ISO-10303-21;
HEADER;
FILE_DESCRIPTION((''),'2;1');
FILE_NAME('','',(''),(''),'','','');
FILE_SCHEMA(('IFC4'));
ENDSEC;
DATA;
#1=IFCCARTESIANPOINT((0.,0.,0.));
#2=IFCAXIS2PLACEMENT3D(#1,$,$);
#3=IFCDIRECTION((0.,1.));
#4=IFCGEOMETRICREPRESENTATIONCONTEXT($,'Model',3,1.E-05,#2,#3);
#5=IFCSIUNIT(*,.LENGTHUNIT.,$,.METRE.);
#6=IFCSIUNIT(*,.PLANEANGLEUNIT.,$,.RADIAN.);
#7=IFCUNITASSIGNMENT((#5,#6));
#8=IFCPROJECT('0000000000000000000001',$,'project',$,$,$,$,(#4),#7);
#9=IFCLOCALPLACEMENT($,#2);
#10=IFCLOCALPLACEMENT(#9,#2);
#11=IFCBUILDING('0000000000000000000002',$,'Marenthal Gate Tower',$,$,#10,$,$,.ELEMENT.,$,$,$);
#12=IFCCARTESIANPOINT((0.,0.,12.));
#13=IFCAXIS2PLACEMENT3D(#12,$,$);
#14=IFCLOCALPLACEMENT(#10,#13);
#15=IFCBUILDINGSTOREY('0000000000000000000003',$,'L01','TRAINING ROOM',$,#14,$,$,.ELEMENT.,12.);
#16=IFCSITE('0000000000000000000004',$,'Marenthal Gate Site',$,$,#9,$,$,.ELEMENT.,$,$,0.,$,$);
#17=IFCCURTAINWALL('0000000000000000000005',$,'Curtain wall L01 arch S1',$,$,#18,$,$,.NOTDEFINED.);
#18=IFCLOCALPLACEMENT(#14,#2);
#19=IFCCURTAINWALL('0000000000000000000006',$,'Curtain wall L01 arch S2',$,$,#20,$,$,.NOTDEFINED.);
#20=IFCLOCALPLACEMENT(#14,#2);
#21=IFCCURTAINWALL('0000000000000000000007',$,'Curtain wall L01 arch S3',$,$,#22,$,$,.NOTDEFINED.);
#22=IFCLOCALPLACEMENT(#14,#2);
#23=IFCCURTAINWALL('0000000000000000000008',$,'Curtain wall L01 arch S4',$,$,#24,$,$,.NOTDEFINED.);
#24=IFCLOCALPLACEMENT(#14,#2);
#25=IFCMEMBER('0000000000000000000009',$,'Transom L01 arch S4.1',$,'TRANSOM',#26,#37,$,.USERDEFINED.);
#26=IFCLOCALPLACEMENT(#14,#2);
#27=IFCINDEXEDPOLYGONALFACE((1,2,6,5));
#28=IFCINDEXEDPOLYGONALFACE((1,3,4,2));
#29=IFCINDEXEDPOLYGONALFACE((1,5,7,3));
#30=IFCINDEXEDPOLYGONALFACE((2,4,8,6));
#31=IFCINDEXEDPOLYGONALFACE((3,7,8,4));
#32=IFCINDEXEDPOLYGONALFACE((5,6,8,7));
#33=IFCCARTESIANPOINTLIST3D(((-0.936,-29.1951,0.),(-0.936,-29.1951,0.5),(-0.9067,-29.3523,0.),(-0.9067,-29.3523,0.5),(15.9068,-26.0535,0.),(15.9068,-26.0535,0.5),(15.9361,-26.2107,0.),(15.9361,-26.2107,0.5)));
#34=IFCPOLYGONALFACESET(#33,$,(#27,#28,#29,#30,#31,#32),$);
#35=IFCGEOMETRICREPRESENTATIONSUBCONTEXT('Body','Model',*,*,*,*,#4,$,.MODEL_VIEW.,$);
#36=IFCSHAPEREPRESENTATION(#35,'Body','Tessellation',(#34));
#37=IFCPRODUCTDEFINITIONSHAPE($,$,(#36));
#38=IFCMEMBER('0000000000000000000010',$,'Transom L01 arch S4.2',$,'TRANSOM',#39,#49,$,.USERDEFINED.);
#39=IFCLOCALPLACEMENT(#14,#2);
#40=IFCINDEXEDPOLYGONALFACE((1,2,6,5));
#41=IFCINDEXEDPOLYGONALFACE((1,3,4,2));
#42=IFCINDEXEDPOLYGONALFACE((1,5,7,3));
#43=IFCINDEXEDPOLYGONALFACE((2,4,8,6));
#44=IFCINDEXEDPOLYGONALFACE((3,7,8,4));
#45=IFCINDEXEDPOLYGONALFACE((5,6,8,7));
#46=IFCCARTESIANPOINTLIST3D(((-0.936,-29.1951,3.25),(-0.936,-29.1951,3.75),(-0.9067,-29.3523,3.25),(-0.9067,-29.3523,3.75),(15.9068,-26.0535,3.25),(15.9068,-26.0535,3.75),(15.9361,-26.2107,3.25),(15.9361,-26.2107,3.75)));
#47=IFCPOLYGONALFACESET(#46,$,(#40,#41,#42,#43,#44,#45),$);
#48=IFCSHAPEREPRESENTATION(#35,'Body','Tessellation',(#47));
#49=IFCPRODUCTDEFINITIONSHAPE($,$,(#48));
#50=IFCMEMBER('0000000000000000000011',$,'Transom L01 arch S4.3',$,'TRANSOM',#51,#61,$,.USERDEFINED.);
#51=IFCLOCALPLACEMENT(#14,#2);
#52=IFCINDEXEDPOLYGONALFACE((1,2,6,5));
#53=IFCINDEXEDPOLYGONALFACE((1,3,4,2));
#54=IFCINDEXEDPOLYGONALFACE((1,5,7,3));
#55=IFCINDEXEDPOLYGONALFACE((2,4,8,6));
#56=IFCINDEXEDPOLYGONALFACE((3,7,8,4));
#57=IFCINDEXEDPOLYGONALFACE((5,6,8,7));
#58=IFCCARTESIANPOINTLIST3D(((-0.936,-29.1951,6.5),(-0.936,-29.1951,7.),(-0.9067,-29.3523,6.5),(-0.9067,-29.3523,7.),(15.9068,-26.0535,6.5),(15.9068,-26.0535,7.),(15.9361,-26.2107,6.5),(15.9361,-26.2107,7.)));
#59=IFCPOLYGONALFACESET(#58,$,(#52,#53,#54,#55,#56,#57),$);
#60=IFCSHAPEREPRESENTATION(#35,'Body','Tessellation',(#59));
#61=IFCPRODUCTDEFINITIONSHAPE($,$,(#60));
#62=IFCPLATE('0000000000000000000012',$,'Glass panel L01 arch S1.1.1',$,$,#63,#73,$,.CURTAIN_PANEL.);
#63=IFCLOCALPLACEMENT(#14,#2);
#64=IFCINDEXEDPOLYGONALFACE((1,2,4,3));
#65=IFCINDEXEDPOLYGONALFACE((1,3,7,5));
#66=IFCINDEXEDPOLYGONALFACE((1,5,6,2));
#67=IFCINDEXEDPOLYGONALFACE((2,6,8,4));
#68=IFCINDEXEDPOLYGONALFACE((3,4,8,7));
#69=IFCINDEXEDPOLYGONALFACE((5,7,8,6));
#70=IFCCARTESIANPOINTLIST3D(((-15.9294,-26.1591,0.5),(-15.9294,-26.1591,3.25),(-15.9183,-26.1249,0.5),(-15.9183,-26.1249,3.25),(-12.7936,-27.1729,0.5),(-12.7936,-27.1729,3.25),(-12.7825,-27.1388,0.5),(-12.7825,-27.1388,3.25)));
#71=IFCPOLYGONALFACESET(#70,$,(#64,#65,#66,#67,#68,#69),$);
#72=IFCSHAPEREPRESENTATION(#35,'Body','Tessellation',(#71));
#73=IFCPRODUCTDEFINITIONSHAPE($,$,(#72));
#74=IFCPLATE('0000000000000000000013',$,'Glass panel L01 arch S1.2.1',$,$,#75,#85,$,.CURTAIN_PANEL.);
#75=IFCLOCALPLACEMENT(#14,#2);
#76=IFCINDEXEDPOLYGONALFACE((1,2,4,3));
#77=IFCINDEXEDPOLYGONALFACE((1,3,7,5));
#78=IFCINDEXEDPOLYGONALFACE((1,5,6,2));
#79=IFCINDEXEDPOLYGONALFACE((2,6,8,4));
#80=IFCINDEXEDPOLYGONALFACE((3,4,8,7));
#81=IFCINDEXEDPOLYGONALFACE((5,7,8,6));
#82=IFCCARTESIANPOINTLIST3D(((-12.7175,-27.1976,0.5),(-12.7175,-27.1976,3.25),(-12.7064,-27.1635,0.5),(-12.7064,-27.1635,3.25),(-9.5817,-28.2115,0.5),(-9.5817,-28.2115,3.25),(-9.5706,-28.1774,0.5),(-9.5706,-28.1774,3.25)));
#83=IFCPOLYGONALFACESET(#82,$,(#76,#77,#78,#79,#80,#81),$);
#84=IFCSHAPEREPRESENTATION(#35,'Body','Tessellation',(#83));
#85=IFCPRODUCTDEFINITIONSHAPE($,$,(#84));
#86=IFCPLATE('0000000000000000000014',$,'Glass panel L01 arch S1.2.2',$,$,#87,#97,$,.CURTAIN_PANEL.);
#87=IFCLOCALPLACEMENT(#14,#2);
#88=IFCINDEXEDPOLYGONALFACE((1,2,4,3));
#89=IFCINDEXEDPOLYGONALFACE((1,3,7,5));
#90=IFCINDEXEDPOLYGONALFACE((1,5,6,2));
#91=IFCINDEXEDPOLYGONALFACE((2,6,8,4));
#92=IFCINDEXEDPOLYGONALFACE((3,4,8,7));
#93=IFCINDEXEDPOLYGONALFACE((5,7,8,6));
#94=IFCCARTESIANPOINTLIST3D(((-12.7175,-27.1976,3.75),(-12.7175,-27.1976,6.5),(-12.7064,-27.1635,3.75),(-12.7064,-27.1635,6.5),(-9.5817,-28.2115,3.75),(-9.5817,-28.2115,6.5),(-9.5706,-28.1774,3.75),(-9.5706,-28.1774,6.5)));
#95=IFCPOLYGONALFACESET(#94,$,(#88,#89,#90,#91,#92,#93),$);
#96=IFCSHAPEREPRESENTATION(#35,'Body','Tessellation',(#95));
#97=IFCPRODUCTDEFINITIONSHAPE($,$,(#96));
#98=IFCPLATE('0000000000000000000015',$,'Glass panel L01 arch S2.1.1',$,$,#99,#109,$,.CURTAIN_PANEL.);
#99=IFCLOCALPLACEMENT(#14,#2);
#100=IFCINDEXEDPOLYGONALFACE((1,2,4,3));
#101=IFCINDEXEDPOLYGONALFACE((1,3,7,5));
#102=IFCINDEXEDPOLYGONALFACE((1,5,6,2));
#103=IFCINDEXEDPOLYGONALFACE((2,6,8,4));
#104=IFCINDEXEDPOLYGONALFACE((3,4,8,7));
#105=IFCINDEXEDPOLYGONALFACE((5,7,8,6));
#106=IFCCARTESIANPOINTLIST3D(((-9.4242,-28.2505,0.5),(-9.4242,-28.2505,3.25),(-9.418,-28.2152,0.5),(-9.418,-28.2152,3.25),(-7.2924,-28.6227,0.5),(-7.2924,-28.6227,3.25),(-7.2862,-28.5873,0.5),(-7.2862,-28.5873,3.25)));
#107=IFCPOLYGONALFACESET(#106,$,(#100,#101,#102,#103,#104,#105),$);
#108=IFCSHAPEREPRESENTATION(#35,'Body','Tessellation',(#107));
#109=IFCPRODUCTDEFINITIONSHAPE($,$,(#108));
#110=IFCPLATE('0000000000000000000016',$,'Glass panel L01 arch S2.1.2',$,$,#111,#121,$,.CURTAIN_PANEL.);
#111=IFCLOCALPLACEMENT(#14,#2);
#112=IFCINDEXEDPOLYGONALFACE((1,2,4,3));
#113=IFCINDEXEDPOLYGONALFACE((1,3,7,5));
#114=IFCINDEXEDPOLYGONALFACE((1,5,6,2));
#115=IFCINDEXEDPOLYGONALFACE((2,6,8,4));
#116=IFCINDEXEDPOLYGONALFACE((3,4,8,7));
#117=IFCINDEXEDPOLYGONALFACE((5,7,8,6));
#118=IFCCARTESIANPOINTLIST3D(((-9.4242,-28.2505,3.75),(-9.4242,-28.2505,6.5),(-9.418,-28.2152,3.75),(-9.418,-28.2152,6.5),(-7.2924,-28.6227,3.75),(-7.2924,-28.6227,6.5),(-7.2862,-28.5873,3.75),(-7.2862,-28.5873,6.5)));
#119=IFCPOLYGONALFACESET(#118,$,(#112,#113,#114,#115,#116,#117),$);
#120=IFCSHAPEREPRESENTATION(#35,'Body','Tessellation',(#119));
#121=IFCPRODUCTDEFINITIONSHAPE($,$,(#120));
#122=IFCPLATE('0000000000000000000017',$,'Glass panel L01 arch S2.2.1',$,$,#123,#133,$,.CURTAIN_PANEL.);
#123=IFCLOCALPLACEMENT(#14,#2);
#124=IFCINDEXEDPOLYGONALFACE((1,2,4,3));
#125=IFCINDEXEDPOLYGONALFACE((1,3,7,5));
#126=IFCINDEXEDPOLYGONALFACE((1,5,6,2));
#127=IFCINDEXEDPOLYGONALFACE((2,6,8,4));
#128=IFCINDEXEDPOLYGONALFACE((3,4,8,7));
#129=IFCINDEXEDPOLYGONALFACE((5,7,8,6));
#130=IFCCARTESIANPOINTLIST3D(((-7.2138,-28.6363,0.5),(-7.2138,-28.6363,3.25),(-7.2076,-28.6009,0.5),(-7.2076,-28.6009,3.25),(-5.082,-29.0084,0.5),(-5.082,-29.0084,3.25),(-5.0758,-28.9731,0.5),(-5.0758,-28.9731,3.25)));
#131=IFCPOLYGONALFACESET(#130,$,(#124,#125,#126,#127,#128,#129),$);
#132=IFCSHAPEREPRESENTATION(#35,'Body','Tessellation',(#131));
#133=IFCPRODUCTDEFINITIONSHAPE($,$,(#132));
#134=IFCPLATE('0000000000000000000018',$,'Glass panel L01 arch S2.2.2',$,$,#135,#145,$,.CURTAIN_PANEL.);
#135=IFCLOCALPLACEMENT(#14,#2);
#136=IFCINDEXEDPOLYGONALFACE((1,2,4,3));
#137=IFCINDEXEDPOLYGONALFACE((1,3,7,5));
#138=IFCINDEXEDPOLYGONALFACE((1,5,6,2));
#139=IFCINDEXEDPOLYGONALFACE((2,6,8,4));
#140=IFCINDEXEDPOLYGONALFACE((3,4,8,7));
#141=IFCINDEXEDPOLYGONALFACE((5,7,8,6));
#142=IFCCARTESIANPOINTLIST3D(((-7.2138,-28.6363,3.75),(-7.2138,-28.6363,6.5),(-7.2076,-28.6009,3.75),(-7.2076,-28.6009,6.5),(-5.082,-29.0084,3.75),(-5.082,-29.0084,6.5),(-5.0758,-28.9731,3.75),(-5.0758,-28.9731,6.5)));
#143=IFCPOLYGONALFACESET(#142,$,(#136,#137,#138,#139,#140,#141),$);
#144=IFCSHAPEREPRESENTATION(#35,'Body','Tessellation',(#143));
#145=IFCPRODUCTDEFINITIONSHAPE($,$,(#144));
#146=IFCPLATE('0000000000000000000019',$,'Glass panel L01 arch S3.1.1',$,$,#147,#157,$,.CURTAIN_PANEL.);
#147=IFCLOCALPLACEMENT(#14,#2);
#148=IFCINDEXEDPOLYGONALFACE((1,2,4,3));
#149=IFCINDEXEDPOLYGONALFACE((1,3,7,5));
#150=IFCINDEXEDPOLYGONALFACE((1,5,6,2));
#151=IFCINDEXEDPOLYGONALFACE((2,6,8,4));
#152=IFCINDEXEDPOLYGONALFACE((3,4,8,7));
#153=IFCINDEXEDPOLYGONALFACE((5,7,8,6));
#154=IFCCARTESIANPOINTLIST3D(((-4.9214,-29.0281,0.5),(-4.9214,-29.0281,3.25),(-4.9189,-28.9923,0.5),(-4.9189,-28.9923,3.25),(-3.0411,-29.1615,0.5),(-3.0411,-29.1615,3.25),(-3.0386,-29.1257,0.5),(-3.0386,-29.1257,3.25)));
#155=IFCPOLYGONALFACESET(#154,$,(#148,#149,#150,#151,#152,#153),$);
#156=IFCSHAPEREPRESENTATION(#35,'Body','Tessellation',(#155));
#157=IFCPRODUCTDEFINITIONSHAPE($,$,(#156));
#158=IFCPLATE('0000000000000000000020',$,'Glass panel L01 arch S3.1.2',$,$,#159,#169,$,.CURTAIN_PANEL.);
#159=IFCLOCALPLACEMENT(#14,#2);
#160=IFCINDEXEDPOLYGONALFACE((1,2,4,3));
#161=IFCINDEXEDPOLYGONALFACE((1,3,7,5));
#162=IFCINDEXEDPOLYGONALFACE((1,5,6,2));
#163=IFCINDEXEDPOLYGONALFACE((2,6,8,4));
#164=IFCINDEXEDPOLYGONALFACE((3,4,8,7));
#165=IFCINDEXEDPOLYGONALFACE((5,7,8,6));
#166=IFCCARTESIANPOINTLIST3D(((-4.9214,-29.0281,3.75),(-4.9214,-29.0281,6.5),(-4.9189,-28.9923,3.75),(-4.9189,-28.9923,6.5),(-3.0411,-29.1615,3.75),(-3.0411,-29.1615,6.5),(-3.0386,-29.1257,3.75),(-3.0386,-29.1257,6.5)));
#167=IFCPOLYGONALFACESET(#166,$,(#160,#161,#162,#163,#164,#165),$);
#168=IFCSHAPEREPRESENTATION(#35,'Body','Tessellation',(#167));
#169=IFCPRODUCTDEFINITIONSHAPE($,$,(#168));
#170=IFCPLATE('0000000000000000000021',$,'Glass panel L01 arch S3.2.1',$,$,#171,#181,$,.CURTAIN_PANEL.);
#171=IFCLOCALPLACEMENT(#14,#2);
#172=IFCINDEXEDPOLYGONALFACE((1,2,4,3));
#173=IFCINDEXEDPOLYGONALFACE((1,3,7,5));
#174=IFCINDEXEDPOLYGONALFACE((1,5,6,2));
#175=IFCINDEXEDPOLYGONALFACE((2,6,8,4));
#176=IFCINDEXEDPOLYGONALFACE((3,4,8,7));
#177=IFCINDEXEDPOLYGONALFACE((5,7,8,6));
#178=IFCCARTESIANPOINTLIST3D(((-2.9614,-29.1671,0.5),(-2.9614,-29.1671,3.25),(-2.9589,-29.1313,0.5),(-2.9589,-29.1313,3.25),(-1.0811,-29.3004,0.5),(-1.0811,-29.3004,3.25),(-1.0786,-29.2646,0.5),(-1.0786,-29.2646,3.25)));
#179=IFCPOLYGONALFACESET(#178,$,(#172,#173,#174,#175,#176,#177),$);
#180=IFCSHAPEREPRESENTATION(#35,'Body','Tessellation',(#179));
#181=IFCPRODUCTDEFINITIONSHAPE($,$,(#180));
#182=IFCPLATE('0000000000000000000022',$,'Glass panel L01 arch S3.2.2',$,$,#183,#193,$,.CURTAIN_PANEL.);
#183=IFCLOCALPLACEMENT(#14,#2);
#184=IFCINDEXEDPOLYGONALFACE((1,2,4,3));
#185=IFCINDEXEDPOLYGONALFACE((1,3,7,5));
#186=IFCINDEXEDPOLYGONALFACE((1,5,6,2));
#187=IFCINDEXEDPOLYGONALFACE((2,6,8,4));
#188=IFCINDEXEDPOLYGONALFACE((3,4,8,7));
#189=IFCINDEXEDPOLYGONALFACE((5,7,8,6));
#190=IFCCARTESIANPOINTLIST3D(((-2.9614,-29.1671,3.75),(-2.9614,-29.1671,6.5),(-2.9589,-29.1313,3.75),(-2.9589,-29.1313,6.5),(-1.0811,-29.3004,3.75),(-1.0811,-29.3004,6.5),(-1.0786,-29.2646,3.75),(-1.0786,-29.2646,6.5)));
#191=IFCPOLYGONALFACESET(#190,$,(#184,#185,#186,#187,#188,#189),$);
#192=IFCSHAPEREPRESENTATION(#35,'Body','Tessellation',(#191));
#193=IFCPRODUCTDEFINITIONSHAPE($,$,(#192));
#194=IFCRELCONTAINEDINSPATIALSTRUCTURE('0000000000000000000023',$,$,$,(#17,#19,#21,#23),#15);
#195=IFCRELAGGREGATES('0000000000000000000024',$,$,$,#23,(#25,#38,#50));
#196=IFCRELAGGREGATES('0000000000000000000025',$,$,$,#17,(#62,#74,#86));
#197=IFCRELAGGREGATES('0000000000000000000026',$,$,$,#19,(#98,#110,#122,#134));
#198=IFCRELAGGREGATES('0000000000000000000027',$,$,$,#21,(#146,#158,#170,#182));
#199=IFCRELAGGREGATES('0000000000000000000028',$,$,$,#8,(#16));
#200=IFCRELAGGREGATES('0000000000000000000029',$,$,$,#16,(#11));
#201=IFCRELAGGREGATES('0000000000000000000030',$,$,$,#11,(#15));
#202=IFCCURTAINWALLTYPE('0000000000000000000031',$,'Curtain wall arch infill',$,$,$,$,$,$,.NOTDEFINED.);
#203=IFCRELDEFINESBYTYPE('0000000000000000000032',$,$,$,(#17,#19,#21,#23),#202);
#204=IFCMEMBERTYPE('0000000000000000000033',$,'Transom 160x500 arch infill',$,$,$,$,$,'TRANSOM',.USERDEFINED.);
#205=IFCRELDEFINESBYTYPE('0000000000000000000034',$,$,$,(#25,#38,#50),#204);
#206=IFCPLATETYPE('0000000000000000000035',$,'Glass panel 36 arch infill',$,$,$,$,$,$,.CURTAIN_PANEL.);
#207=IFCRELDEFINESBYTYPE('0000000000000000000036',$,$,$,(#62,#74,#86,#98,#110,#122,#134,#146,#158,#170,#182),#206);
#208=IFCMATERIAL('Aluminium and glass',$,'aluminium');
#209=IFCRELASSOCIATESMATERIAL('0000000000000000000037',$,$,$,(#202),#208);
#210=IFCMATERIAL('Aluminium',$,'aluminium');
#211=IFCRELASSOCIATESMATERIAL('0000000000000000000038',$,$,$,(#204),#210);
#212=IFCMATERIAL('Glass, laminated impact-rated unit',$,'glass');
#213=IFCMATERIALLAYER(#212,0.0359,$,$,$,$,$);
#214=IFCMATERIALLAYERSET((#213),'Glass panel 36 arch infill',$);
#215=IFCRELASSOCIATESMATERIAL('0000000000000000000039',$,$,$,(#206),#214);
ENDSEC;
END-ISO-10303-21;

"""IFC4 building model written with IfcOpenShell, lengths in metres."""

from ifc_helpers import new_model, si_unit, direction, frame, origin, origin_2d, place, context, subcontext, project, spatial, rectangle, extrude, material, layer, layer_set, material_profile, profile_set, type_object, element, aggregate, save


model = new_model("IFC4")

# Units and contexts
model_context = context("Model", 3, precision=1e-05, world=origin(), true_north=direction((0.0, 1.0)))
body_context = subcontext(model_context, "Body", "Model", "MODEL_VIEW")
ifc_project = project(units=[si_unit("LENGTHUNIT", "METRE"), si_unit("PLANEANGLEUNIT", "RADIAN")], contexts=[model_context])

# Site, building, storey
site_placement = place(None, origin())
site = spatial("IfcSite", under=ifc_project, at=site_placement, Name="Marenthal Gate Site", CompositionType="ELEMENT", RefElevation=0.0)
building_placement = place(site_placement, origin())
building = spatial("IfcBuilding", under=site, at=building_placement, Name="Marenthal Gate Tower", CompositionType="ELEMENT")
storey_placement = place(building_placement, frame((0.0, 0.0, 12.0)))
storey = spatial("IfcBuildingStorey", under=building, at=storey_placement, Name="L01", Description="TRAINING ROOM", CompositionType="ELEMENT", Elevation=12.0)

# Curtain walls
ifc_material_1 = material(Name="Aluminium and glass", Category="aluminium")
curtain_wall_type = type_object("IfcCurtainWallType", Name="Curtain wall arch infill", PredefinedType="NOTDEFINED", material=ifc_material_1)
curtain_wall_1_placement = place(storey_placement, origin())
curtain_wall_1 = element("IfcCurtainWall", 1, at=curtain_wall_1_placement, inside=storey, type_object=curtain_wall_type, Name="Curtain wall L01 arch S1", PredefinedType="NOTDEFINED")
curtain_wall_2_placement = place(storey_placement, origin())
curtain_wall_2 = element("IfcCurtainWall", 2, at=curtain_wall_2_placement, inside=storey, type_object=curtain_wall_type, Name="Curtain wall L01 arch S2", PredefinedType="NOTDEFINED")
curtain_wall_3_placement = place(storey_placement, origin())
curtain_wall_3 = element("IfcCurtainWall", 3, at=curtain_wall_3_placement, inside=storey, type_object=curtain_wall_type, Name="Curtain wall L01 arch S3", PredefinedType="NOTDEFINED")

# Curtain wall
curtain_wall_4_placement = place(storey_placement, origin())
curtain_wall_4 = element("IfcCurtainWall", 4, at=curtain_wall_4_placement, inside=storey, type_object=curtain_wall_type, Name="Curtain wall L01 arch S4", PredefinedType="NOTDEFINED")

# Members
ifc_material_2 = material(Name="Aluminium", Category="aluminium")
ifc_material_profile_1 = material_profile(ifc_material_2, rectangle(XDim=0.1599, YDim=0.5, at=origin_2d()), Name="160x500 aluminium transom")
ifc_profile_set_1 = profile_set([ifc_material_profile_1], Name="Aluminium")
member_type_1 = type_object("IfcMemberType", Name="Transom 160x500 arch infill", ElementType="TRANSOM", PredefinedType="USERDEFINED", material=ifc_profile_set_1)
member_1_placement = place(storey_placement, frame((-0.9214, -29.2737, 0.25), z_axis=(0.983045, 0.183363, 0.0), x_axis=(-0.183363, 0.983045, 0.0)))
member_1 = element("IfcMember", 5, at=member_1_placement, type_object=member_type_1, Name="Transom L01 arch S4.1", ObjectType="TRANSOM", PredefinedType="USERDEFINED", context=body_context, shape_type="SweptSolid", body=[
    extrude(rectangle(XDim=0.1599, YDim=0.5, at=origin_2d()), origin(), (0.0, 0.0, 1.0), 17.1333),
])
member_2_placement = place(storey_placement, frame((-0.9214, -29.2737, 3.5), z_axis=(0.983045, 0.183363, 0.0), x_axis=(-0.183363, 0.983045, 0.0)))
member_2 = element("IfcMember", 6, at=member_2_placement, type_object=member_type_1, Name="Transom L01 arch S4.2", ObjectType="TRANSOM", PredefinedType="USERDEFINED", context=body_context, shape_type="SweptSolid", body=[
    extrude(rectangle(XDim=0.1599, YDim=0.5, at=origin_2d()), origin(), (0.0, 0.0, 1.0), 17.1333),
])
member_3_placement = place(storey_placement, frame((-0.9214, -29.2737, 6.75), z_axis=(0.983045, 0.183363, 0.0), x_axis=(-0.183363, 0.983045, 0.0)))
member_3 = element("IfcMember", 7, at=member_3_placement, type_object=member_type_1, Name="Transom L01 arch S4.3", ObjectType="TRANSOM", PredefinedType="USERDEFINED", context=body_context, shape_type="SweptSolid", body=[
    extrude(rectangle(XDim=0.1599, YDim=0.5, at=origin_2d()), origin(), (0.0, 0.0, 1.0), 17.1333),
])
aggregate(curtain_wall_4, [member_1, member_2, member_3])

# Plates
ifc_material_3 = material(Name="Glass, laminated impact-rated unit", Category="glass")
ifc_layer = layer(ifc_material_3, 0.0359)
ifc_layer_set = layer_set([ifc_layer], Name="Glass panel 36 arch infill")
plate_type = type_object("IfcPlateType", Name="Glass panel 36 arch infill", PredefinedType="CURTAIN_PANEL", material=ifc_layer_set)
plate_1_placement = place(storey_placement, frame((-14.356, -26.6489, 0.5), z_axis=(0.0, 0.0, 1.0), x_axis=(0.951502, -0.307641, 0.0)))
plate_1 = element("IfcPlate", 8, at=plate_1_placement, type_object=plate_type, Name="Glass panel L01 arch S1.1.1", PredefinedType="CURTAIN_PANEL", context=body_context, shape_type="SweptSolid", body=[
    extrude(rectangle(XDim=3.2957, YDim=0.0359, at=origin_2d()), origin(), (0.0, 0.0, 1.0), 2.75),
])
plate_2_placement = place(storey_placement, frame((-11.144, -27.6875, 0.5), z_axis=(0.0, 0.0, 1.0), x_axis=(0.951502, -0.307641, 0.0)))
plate_2 = element("IfcPlate", 9, at=plate_2_placement, type_object=plate_type, Name="Glass panel L01 arch S1.2.1", PredefinedType="CURTAIN_PANEL", context=body_context, shape_type="SweptSolid", body=[
    extrude(rectangle(XDim=3.2957, YDim=0.0359, at=origin_2d()), origin(), (0.0, 0.0, 1.0), 2.75),
])
plate_3_placement = place(storey_placement, frame((-11.144, -27.6875, 3.75), z_axis=(0.0, 0.0, 1.0), x_axis=(0.951502, -0.307641, 0.0)))
plate_3 = element("IfcPlate", 10, at=plate_3_placement, type_object=plate_type, Name="Glass panel L01 arch S1.2.2", PredefinedType="CURTAIN_PANEL", context=body_context, shape_type="SweptSolid", body=[
    extrude(rectangle(XDim=3.2957, YDim=0.0359, at=origin_2d()), origin(), (0.0, 0.0, 1.0), 2.75),
])
aggregate(curtain_wall_1, [plate_1, plate_2, plate_3])
plate_4_placement = place(storey_placement, frame((-8.3552, -28.4189, 0.5), z_axis=(0.0, 0.0, 1.0), x_axis=(0.985102, -0.171973, 0.0)))
plate_4 = element("IfcPlate", 11, at=plate_4_placement, type_object=plate_type, Name="Glass panel L01 arch S2.1.1", PredefinedType="CURTAIN_PANEL", context=body_context, shape_type="SweptSolid", body=[
    extrude(rectangle(XDim=2.1641, YDim=0.0359, at=origin_2d()), origin(), (0.0, 0.0, 1.0), 2.75),
])
plate_5_placement = place(storey_placement, frame((-8.3552, -28.4189, 3.75), z_axis=(0.0, 0.0, 1.0), x_axis=(0.985102, -0.171973, 0.0)))
plate_5 = element("IfcPlate", 12, at=plate_5_placement, type_object=plate_type, Name="Glass panel L01 arch S2.1.2", PredefinedType="CURTAIN_PANEL", context=body_context, shape_type="SweptSolid", body=[
    extrude(rectangle(XDim=2.1641, YDim=0.0359, at=origin_2d()), origin(), (0.0, 0.0, 1.0), 2.75),
])
plate_6_placement = place(storey_placement, frame((-6.1448, -28.8047, 0.5), z_axis=(0.0, 0.0, 1.0), x_axis=(0.985102, -0.171973, 0.0)))
plate_6 = element("IfcPlate", 13, at=plate_6_placement, type_object=plate_type, Name="Glass panel L01 arch S2.2.1", PredefinedType="CURTAIN_PANEL", context=body_context, shape_type="SweptSolid", body=[
    extrude(rectangle(XDim=2.1641, YDim=0.0359, at=origin_2d()), origin(), (0.0, 0.0, 1.0), 2.75),
])
plate_7_placement = place(storey_placement, frame((-6.1448, -28.8047, 3.75), z_axis=(0.0, 0.0, 1.0), x_axis=(0.985102, -0.171973, 0.0)))
plate_7 = element("IfcPlate", 14, at=plate_7_placement, type_object=plate_type, Name="Glass panel L01 arch S2.2.2", PredefinedType="CURTAIN_PANEL", context=body_context, shape_type="SweptSolid", body=[
    extrude(rectangle(XDim=2.1641, YDim=0.0359, at=origin_2d()), origin(), (0.0, 0.0, 1.0), 2.75),
])
aggregate(curtain_wall_2, [plate_4, plate_5, plate_6, plate_7])
plate_8_placement = place(storey_placement, frame((-3.98, -29.0769, 0.5), z_axis=(0.0, 0.0, 1.0), x_axis=(0.997495, -0.070735, 0.0)))
plate_8 = element("IfcPlate", 15, at=plate_8_placement, type_object=plate_type, Name="Glass panel L01 arch S3.1.1", PredefinedType="CURTAIN_PANEL", context=body_context, shape_type="SweptSolid", body=[
    extrude(rectangle(XDim=1.885, YDim=0.0359, at=origin_2d()), origin(), (0.0, 0.0, 1.0), 2.75),
])
plate_9_placement = place(storey_placement, frame((-3.98, -29.0769, 3.75), z_axis=(0.0, 0.0, 1.0), x_axis=(0.997495, -0.070735, 0.0)))
plate_9 = element("IfcPlate", 16, at=plate_9_placement, type_object=plate_type, Name="Glass panel L01 arch S3.1.2", PredefinedType="CURTAIN_PANEL", context=body_context, shape_type="SweptSolid", body=[
    extrude(rectangle(XDim=1.885, YDim=0.0359, at=origin_2d()), origin(), (0.0, 0.0, 1.0), 2.75),
])
plate_10_placement = place(storey_placement, frame((-2.02, -29.2158, 0.5), z_axis=(0.0, 0.0, 1.0), x_axis=(0.997495, -0.070735, 0.0)))
plate_10 = element("IfcPlate", 17, at=plate_10_placement, type_object=plate_type, Name="Glass panel L01 arch S3.2.1", PredefinedType="CURTAIN_PANEL", context=body_context, shape_type="SweptSolid", body=[
    extrude(rectangle(XDim=1.885, YDim=0.0359, at=origin_2d()), origin(), (0.0, 0.0, 1.0), 2.75),
])
plate_11_placement = place(storey_placement, frame((-2.02, -29.2158, 3.75), z_axis=(0.0, 0.0, 1.0), x_axis=(0.997495, -0.070735, 0.0)))
plate_11 = element("IfcPlate", 18, at=plate_11_placement, type_object=plate_type, Name="Glass panel L01 arch S3.2.2", PredefinedType="CURTAIN_PANEL", context=body_context, shape_type="SweptSolid", body=[
    extrude(rectangle(XDim=1.885, YDim=0.0359, at=origin_2d()), origin(), (0.0, 0.0, 1.0), 2.75),
])
aggregate(curtain_wall_3, [plate_8, plate_9, plate_10, plate_11])

save(model, "model.ifc")
